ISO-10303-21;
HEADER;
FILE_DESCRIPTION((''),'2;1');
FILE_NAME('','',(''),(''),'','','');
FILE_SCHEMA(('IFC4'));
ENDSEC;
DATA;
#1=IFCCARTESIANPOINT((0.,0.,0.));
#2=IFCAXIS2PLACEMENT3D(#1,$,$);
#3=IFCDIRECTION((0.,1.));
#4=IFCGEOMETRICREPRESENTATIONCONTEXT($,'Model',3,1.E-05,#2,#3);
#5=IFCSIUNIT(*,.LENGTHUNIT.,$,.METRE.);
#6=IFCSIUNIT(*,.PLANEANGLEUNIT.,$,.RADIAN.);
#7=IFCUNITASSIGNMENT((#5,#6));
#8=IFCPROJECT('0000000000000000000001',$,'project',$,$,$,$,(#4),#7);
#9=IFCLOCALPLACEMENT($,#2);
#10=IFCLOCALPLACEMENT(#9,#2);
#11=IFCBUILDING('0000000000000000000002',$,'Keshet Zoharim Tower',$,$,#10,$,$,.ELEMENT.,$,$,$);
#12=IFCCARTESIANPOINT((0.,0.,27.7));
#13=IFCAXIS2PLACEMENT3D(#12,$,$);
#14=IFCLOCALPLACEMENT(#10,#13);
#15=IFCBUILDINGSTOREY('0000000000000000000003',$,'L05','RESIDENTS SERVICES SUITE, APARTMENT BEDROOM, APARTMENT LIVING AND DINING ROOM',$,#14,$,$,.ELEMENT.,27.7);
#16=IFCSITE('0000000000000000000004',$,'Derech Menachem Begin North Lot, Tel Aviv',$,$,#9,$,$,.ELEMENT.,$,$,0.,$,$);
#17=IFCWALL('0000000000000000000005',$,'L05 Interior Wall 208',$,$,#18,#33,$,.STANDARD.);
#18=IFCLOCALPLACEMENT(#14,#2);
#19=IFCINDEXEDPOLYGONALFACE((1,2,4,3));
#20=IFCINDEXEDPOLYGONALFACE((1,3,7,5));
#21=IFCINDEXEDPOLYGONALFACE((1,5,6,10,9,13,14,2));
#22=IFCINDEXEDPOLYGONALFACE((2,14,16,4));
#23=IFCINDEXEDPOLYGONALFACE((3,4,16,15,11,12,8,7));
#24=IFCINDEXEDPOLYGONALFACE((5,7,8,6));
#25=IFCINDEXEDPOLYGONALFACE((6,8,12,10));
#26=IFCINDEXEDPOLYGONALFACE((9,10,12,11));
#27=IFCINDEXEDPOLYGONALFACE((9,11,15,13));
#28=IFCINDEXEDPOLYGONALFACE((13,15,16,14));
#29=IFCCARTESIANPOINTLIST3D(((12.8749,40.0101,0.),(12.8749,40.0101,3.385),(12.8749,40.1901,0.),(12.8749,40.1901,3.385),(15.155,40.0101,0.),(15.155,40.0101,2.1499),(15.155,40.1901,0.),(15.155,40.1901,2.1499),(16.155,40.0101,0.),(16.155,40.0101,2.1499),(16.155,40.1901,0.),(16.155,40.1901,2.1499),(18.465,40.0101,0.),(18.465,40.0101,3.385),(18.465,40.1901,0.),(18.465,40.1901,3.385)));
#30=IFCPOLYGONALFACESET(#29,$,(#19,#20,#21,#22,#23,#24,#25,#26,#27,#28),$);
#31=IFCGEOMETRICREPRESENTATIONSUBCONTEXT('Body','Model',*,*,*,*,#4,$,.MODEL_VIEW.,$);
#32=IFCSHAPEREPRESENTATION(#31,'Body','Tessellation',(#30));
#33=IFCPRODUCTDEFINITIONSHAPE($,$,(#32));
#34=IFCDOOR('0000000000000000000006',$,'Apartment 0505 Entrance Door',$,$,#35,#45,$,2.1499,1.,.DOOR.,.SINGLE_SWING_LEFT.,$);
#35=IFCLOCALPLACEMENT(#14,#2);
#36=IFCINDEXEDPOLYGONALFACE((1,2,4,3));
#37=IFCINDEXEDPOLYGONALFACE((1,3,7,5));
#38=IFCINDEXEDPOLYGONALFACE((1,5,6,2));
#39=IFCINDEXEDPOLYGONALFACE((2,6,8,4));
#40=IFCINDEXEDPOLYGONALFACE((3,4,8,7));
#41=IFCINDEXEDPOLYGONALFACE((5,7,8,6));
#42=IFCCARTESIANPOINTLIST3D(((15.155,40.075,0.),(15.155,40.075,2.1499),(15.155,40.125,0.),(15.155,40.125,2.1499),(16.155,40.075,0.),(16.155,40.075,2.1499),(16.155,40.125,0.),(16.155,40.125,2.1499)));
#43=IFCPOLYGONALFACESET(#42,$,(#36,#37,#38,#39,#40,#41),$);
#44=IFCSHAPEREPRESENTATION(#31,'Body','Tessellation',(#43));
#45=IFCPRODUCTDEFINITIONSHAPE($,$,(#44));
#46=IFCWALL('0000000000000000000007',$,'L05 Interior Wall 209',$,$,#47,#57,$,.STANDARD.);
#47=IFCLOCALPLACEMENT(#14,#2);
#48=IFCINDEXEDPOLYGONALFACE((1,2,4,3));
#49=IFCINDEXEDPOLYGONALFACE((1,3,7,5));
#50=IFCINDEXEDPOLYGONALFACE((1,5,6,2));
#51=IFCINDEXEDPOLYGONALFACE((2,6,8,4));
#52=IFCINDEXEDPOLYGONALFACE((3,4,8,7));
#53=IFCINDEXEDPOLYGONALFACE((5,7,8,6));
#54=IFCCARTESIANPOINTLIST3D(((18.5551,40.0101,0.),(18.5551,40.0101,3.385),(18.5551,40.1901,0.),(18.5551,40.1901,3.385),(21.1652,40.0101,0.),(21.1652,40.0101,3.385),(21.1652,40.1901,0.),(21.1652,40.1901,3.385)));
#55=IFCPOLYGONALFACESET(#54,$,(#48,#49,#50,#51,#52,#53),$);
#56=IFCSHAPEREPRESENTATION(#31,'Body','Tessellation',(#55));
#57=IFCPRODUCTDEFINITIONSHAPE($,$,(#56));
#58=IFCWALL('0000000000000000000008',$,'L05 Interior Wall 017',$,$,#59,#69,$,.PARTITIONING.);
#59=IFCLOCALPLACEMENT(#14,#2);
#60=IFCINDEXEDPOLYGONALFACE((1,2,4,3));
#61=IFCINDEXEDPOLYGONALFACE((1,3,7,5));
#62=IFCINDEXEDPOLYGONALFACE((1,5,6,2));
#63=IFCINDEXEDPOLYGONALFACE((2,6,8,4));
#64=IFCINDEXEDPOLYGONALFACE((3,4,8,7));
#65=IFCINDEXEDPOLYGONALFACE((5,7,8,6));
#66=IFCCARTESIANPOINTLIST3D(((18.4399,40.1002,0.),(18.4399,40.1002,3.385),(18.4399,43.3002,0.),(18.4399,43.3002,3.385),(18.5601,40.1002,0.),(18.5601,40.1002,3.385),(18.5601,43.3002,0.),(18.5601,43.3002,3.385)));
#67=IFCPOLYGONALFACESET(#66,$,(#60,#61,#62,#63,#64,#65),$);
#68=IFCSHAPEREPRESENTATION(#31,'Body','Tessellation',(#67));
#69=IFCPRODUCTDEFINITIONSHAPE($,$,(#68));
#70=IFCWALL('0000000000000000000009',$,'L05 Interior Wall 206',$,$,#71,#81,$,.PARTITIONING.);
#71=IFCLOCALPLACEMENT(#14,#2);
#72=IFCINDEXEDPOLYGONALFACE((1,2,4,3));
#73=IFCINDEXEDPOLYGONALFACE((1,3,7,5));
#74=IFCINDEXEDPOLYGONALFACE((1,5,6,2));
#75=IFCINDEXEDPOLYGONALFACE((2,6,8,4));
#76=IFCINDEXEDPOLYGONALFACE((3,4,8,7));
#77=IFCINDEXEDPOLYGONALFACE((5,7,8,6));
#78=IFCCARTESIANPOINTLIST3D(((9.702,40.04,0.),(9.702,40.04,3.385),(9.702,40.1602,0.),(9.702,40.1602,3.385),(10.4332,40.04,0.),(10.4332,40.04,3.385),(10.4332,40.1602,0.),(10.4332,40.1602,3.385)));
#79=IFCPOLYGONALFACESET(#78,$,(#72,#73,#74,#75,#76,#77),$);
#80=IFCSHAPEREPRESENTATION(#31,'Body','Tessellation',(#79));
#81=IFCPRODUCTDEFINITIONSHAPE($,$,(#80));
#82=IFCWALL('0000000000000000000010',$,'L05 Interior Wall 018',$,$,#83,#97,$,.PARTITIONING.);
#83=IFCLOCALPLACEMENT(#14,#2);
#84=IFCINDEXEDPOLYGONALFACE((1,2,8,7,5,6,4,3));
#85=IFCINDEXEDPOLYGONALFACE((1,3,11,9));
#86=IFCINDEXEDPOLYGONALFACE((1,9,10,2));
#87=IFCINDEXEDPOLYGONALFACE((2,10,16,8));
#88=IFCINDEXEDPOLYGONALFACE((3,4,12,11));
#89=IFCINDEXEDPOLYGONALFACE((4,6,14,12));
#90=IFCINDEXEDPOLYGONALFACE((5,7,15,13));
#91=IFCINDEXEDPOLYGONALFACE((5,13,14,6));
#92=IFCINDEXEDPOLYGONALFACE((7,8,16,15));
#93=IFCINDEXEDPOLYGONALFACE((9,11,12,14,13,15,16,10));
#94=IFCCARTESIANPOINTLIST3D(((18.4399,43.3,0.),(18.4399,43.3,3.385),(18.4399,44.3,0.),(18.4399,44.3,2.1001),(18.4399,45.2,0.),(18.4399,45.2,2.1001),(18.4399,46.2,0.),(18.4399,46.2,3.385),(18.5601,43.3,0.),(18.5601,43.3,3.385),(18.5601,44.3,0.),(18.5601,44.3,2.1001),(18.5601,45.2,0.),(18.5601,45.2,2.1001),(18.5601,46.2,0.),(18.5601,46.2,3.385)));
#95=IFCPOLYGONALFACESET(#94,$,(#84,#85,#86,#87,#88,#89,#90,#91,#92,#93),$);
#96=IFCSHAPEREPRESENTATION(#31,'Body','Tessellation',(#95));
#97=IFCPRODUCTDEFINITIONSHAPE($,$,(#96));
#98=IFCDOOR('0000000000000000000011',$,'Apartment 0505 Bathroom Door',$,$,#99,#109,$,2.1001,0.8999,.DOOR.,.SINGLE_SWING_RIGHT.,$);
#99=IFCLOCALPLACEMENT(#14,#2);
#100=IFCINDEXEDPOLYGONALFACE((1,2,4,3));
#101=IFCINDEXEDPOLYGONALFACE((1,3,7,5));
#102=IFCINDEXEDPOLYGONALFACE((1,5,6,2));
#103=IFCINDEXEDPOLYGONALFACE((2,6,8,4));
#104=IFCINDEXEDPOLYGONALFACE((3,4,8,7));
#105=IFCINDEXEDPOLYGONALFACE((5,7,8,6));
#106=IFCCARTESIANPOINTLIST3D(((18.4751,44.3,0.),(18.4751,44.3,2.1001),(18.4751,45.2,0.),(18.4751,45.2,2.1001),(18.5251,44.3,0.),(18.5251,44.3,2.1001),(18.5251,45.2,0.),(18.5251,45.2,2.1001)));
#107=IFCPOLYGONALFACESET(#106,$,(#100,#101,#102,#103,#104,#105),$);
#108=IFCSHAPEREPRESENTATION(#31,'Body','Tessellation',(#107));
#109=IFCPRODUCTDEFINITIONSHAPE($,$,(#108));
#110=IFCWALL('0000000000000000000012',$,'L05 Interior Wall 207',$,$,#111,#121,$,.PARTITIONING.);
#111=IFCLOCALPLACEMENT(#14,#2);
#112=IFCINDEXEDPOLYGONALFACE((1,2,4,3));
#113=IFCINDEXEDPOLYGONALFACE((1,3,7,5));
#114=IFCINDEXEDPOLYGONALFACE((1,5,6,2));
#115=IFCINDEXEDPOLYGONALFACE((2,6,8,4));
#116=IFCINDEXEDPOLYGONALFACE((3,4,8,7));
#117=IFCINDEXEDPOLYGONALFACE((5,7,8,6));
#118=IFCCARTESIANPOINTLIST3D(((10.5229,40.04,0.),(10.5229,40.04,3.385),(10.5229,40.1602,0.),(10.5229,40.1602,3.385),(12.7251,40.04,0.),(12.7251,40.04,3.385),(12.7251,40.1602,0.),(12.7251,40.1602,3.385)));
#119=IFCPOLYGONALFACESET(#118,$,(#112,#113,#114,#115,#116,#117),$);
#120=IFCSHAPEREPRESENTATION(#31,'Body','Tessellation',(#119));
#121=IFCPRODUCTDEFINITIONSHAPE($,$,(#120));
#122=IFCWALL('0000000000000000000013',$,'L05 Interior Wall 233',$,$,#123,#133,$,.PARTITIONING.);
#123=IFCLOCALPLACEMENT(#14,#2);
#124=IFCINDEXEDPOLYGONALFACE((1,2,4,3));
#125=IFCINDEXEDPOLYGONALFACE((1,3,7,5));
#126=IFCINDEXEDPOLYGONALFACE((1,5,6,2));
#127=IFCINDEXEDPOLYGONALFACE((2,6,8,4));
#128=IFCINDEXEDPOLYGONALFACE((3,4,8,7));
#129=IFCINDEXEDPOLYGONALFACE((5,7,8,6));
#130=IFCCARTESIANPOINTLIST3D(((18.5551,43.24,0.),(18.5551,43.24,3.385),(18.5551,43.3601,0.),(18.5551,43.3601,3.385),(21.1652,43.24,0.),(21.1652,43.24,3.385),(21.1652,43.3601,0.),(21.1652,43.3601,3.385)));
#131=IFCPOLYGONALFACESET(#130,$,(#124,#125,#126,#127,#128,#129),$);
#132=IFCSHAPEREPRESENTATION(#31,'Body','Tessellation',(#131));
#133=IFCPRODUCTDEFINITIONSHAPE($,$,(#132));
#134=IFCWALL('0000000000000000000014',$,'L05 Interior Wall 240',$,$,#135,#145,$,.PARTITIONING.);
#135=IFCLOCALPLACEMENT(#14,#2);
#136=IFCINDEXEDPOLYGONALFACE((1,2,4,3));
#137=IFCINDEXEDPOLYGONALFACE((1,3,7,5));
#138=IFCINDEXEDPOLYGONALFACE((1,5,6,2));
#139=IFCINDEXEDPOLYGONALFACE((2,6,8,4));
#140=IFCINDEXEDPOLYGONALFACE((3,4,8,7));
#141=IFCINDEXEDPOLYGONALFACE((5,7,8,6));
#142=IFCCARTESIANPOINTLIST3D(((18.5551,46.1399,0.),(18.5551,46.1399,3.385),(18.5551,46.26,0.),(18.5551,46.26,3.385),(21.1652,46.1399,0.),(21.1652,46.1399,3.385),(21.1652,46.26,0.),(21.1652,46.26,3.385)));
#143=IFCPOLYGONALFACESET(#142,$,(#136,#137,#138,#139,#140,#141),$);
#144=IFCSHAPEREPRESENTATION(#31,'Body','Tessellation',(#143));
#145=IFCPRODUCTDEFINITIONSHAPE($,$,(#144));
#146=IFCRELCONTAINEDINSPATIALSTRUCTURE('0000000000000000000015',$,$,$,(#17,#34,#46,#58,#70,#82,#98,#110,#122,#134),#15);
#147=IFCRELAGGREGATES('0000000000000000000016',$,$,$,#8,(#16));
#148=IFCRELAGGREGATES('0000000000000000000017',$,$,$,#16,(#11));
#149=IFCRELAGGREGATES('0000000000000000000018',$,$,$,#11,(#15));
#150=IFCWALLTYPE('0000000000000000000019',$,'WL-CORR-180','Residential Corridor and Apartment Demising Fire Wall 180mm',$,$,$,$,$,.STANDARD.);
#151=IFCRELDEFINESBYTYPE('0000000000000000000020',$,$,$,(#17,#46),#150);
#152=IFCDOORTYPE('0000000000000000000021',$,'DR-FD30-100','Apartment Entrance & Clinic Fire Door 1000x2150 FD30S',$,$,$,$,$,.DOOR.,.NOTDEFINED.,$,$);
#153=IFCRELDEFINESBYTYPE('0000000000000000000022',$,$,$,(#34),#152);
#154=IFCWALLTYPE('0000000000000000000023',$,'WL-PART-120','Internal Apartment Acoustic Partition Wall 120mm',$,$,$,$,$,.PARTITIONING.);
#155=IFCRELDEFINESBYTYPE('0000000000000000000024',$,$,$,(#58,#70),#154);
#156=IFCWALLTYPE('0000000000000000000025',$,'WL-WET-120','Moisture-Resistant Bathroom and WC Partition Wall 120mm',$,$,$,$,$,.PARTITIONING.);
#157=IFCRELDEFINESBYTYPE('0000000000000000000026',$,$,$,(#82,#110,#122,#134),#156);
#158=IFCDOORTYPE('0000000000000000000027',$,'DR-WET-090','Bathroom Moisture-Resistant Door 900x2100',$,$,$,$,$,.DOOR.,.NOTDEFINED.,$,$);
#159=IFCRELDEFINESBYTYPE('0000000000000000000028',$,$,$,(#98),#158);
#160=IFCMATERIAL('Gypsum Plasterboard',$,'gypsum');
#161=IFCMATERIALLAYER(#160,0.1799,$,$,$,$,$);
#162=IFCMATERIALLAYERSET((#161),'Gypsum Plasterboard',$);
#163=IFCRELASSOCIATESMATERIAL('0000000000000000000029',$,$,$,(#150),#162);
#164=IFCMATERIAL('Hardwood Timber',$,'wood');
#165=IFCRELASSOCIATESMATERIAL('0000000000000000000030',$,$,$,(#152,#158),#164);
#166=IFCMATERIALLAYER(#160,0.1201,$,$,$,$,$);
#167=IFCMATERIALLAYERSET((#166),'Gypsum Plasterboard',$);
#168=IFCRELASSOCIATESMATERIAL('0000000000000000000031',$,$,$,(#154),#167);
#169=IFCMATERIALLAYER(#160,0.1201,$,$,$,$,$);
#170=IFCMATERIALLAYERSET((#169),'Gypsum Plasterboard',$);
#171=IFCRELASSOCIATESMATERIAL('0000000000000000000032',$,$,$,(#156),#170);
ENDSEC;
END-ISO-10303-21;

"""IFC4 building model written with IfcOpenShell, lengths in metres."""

from ifc_helpers import new_model, si_unit, direction, frame, frame_2d, origin, place, context, subcontext, project, spatial, rectangle, extrude, material, layer, layer_set, type_object, element, fill, save


model = new_model("IFC4")

# Units and contexts
model_context = context("Model", 3, precision=1e-05, world=origin(), true_north=direction((0.0, 1.0)))
body_context = subcontext(model_context, "Body", "Model", "MODEL_VIEW")
ifc_project = project(units=[si_unit("LENGTHUNIT", "METRE"), si_unit("PLANEANGLEUNIT", "RADIAN")], contexts=[model_context])

# Site, building, storey
site_placement = place(None, origin())
site = spatial("IfcSite", under=ifc_project, at=site_placement, Name="Derech Menachem Begin North Lot, Tel Aviv", CompositionType="ELEMENT", RefElevation=0.0)
building_placement = place(site_placement, origin())
building = spatial("IfcBuilding", under=site, at=building_placement, Name="Keshet Zoharim Tower", CompositionType="ELEMENT")
storey_placement = place(building_placement, frame((0.0, 0.0, 27.7)))
storey = spatial("IfcBuildingStorey", under=building, at=storey_placement, Name="L05", Description="RESIDENTS SERVICES SUITE, APARTMENT BEDROOM, APARTMENT LIVING AND DINING ROOM", CompositionType="ELEMENT", Elevation=27.7)

# Wall, opening, door
ifc_material_1 = material(Name="Gypsum Plasterboard", Category="gypsum")
ifc_layer_1 = layer(ifc_material_1, 0.1799)
ifc_layer_set_1 = layer_set([ifc_layer_1], Name="Gypsum Plasterboard")
wall_type_1 = type_object("IfcWallType", Name="WL-CORR-180", Description="Residential Corridor and Apartment Demising Fire Wall 180mm", PredefinedType="STANDARD", material=ifc_layer_set_1)
wall_1_placement = place(storey_placement, frame((12.875, 40.1001, 0.0), z_axis=(0.0, 0.0, 1.0), x_axis=(1.0, 0.0, 0.0)))
wall_1 = element("IfcWall", 1, at=wall_1_placement, inside=storey, type_object=wall_type_1, Name="L05 Interior Wall 208", PredefinedType="STANDARD", context=body_context, shape_type="SweptSolid", body=[
    extrude(rectangle(XDim=5.5901, YDim=0.1799, at=frame_2d((2.7949, 0.0))), origin(), (0.0, 0.0, 1.0), 3.385),
])
opening_1_placement = place(wall_1_placement, frame((2.28, 0.0, 0.0)))
opening_1 = element("IfcOpeningElement", 2, at=opening_1_placement, cuts=wall_1, PredefinedType="OPENING", context=body_context, shape_type="SweptSolid", body=[
    extrude(rectangle(XDim=1.0, YDim=2.1499, at=frame_2d((0.5, 1.075))), frame((0.0, 0.1001, 0.0), z_axis=(0.0, -1.0, 0.0), x_axis=(1.0, 0.0, 0.0)), (0.0, 0.0, 1.0), 0.2),
])
ifc_material_2 = material(Name="Hardwood Timber", Category="wood")
door_type_1 = type_object("IfcDoorType", Name="DR-FD30-100", Description="Apartment Entrance & Clinic Fire Door 1000x2150 FD30S", OperationType="NOTDEFINED", PredefinedType="DOOR", material=ifc_material_2)
door_1_placement = place(opening_1_placement, origin())
door_1 = element("IfcDoor", 3, at=door_1_placement, inside=storey, type_object=door_type_1, Name="Apartment 0505 Entrance Door", OperationType="SINGLE_SWING_LEFT", OverallHeight=2.1499, OverallWidth=1.0, PredefinedType="DOOR", context=body_context, shape_type="SweptSolid", body=[
    extrude(rectangle(XDim=1.0, YDim=2.1499, at=frame_2d((0.5, 1.075))), frame((0.0, 0.0249, 0.0), z_axis=(0.0, -1.0, 0.0), x_axis=(1.0, 0.0, 0.0)), (0.0, 0.0, 1.0), 0.05),
])
fill(opening_1, door_1)

# Walls
wall_2_placement = place(storey_placement, frame((18.5549, 40.1001, 0.0), z_axis=(0.0, 0.0, 1.0), x_axis=(1.0, 0.0, 0.0)))
element("IfcWall", 4, at=wall_2_placement, inside=storey, type_object=wall_type_1, Name="L05 Interior Wall 209", PredefinedType="STANDARD", context=body_context, shape_type="SweptSolid", body=[
    extrude(rectangle(XDim=2.6101, YDim=0.1799, at=frame_2d((1.3052, 0.0))), origin(), (0.0, 0.0, 1.0), 3.385),
])
ifc_layer_2 = layer(ifc_material_1, 0.1201)
ifc_layer_set_2 = layer_set([ifc_layer_2], Name="Gypsum Plasterboard")
wall_type_2 = type_object("IfcWallType", Name="WL-PART-120", Description="Internal Apartment Acoustic Partition Wall 120mm", PredefinedType="PARTITIONING", material=ifc_layer_set_2)
wall_3_placement = place(storey_placement, frame((18.5, 40.1001, 0.0), z_axis=(0.0, 0.0, 1.0), x_axis=(0.0, 1.0, 0.0)))
element("IfcWall", 5, at=wall_3_placement, inside=storey, type_object=wall_type_2, Name="L05 Interior Wall 017", PredefinedType="PARTITIONING", context=body_context, shape_type="SweptSolid", body=[
    extrude(rectangle(XDim=3.2, YDim=0.1201, at=frame_2d((1.6001, 0.0))), origin(), (0.0, 0.0, 1.0), 3.385),
])
wall_4_placement = place(storey_placement, frame((9.7019, 40.1001, 0.0), z_axis=(0.0, 0.0, 1.0), x_axis=(1.0, 0.0, 0.0)))
element("IfcWall", 6, at=wall_4_placement, inside=storey, type_object=wall_type_2, Name="L05 Interior Wall 206", PredefinedType="PARTITIONING", context=body_context, shape_type="SweptSolid", body=[
    extrude(rectangle(XDim=0.7312, YDim=0.1201, at=frame_2d((0.3657, 0.0))), origin(), (0.0, 0.0, 1.0), 3.385),
])

# Wall, opening, door
ifc_layer_3 = layer(ifc_material_1, 0.1201)
ifc_layer_set_3 = layer_set([ifc_layer_3], Name="Gypsum Plasterboard")
wall_type_3 = type_object("IfcWallType", Name="WL-WET-120", Description="Moisture-Resistant Bathroom and WC Partition Wall 120mm", PredefinedType="PARTITIONING", material=ifc_layer_set_3)
wall_5_placement = place(storey_placement, frame((18.5, 43.3, 0.0), z_axis=(0.0, 0.0, 1.0), x_axis=(0.0, 1.0, 0.0)))
wall_5 = element("IfcWall", 7, at=wall_5_placement, inside=storey, type_object=wall_type_3, Name="L05 Interior Wall 018", PredefinedType="PARTITIONING", context=body_context, shape_type="SweptSolid", body=[
    extrude(rectangle(XDim=2.8999, YDim=0.1201, at=frame_2d((1.45, 0.0))), origin(), (0.0, 0.0, 1.0), 3.385),
])
opening_2_placement = place(wall_5_placement, frame((1.0, 0.0, 0.0)))
opening_2 = element("IfcOpeningElement", 8, at=opening_2_placement, cuts=wall_5, PredefinedType="OPENING", context=body_context, shape_type="SweptSolid", body=[
    extrude(rectangle(XDim=0.8999, YDim=2.1001, at=frame_2d((0.45, 1.05))), frame((0.0, 0.0701, 0.0), z_axis=(0.0, -1.0, 0.0), x_axis=(1.0, 0.0, 0.0)), (0.0, 0.0, 1.0), 0.1401),
])
door_type_2 = type_object("IfcDoorType", Name="DR-WET-090", Description="Bathroom Moisture-Resistant Door 900x2100", OperationType="NOTDEFINED", PredefinedType="DOOR", material=ifc_material_2)
door_2_placement = place(opening_2_placement, origin())
door_2 = element("IfcDoor", 9, at=door_2_placement, inside=storey, type_object=door_type_2, Name="Apartment 0505 Bathroom Door", OperationType="SINGLE_SWING_RIGHT", OverallHeight=2.1001, OverallWidth=0.8999, PredefinedType="DOOR", context=body_context, shape_type="SweptSolid", body=[
    extrude(rectangle(XDim=0.8999, YDim=2.1001, at=frame_2d((0.45, 1.05))), frame((0.0, 0.0249, 0.0), z_axis=(0.0, -1.0, 0.0), x_axis=(1.0, 0.0, 0.0)), (0.0, 0.0, 1.0), 0.05),
])
fill(opening_2, door_2)

# Walls
wall_6_placement = place(storey_placement, frame((10.5229, 40.1001, 0.0), z_axis=(0.0, 0.0, 1.0), x_axis=(1.0, 0.0, 0.0)))
element("IfcWall", 10, at=wall_6_placement, inside=storey, type_object=wall_type_3, Name="L05 Interior Wall 207", PredefinedType="PARTITIONING", context=body_context, shape_type="SweptSolid", body=[
    extrude(rectangle(XDim=2.2021, YDim=0.1201, at=frame_2d((1.1011, 0.0))), origin(), (0.0, 0.0, 1.0), 3.385),
])
for number, where, z_axis, x_axis, name in (
    (11, (18.5549, 43.3, 0.0), (0.0, 0.0, 1.0), (1.0, 0.0, 0.0), "L05 Interior Wall 233"),
    (12, (18.5549, 46.2, 0.0), (0.0, 0.0, 1.0), (1.0, 0.0, 0.0), "L05 Interior Wall 240"),
):
    element("IfcWall", number, at=place(storey_placement, frame(where, z_axis=z_axis, x_axis=x_axis)), inside=storey, type_object=wall_type_3, Name=name, PredefinedType="PARTITIONING", context=body_context, shape_type="SweptSolid", body=[
        extrude(rectangle(XDim=2.6101, YDim=0.1201, at=frame_2d((1.3052, 0.0))), origin(), (0.0, 0.0, 1.0), 3.385),
    ])

save(model, "model.ifc")
